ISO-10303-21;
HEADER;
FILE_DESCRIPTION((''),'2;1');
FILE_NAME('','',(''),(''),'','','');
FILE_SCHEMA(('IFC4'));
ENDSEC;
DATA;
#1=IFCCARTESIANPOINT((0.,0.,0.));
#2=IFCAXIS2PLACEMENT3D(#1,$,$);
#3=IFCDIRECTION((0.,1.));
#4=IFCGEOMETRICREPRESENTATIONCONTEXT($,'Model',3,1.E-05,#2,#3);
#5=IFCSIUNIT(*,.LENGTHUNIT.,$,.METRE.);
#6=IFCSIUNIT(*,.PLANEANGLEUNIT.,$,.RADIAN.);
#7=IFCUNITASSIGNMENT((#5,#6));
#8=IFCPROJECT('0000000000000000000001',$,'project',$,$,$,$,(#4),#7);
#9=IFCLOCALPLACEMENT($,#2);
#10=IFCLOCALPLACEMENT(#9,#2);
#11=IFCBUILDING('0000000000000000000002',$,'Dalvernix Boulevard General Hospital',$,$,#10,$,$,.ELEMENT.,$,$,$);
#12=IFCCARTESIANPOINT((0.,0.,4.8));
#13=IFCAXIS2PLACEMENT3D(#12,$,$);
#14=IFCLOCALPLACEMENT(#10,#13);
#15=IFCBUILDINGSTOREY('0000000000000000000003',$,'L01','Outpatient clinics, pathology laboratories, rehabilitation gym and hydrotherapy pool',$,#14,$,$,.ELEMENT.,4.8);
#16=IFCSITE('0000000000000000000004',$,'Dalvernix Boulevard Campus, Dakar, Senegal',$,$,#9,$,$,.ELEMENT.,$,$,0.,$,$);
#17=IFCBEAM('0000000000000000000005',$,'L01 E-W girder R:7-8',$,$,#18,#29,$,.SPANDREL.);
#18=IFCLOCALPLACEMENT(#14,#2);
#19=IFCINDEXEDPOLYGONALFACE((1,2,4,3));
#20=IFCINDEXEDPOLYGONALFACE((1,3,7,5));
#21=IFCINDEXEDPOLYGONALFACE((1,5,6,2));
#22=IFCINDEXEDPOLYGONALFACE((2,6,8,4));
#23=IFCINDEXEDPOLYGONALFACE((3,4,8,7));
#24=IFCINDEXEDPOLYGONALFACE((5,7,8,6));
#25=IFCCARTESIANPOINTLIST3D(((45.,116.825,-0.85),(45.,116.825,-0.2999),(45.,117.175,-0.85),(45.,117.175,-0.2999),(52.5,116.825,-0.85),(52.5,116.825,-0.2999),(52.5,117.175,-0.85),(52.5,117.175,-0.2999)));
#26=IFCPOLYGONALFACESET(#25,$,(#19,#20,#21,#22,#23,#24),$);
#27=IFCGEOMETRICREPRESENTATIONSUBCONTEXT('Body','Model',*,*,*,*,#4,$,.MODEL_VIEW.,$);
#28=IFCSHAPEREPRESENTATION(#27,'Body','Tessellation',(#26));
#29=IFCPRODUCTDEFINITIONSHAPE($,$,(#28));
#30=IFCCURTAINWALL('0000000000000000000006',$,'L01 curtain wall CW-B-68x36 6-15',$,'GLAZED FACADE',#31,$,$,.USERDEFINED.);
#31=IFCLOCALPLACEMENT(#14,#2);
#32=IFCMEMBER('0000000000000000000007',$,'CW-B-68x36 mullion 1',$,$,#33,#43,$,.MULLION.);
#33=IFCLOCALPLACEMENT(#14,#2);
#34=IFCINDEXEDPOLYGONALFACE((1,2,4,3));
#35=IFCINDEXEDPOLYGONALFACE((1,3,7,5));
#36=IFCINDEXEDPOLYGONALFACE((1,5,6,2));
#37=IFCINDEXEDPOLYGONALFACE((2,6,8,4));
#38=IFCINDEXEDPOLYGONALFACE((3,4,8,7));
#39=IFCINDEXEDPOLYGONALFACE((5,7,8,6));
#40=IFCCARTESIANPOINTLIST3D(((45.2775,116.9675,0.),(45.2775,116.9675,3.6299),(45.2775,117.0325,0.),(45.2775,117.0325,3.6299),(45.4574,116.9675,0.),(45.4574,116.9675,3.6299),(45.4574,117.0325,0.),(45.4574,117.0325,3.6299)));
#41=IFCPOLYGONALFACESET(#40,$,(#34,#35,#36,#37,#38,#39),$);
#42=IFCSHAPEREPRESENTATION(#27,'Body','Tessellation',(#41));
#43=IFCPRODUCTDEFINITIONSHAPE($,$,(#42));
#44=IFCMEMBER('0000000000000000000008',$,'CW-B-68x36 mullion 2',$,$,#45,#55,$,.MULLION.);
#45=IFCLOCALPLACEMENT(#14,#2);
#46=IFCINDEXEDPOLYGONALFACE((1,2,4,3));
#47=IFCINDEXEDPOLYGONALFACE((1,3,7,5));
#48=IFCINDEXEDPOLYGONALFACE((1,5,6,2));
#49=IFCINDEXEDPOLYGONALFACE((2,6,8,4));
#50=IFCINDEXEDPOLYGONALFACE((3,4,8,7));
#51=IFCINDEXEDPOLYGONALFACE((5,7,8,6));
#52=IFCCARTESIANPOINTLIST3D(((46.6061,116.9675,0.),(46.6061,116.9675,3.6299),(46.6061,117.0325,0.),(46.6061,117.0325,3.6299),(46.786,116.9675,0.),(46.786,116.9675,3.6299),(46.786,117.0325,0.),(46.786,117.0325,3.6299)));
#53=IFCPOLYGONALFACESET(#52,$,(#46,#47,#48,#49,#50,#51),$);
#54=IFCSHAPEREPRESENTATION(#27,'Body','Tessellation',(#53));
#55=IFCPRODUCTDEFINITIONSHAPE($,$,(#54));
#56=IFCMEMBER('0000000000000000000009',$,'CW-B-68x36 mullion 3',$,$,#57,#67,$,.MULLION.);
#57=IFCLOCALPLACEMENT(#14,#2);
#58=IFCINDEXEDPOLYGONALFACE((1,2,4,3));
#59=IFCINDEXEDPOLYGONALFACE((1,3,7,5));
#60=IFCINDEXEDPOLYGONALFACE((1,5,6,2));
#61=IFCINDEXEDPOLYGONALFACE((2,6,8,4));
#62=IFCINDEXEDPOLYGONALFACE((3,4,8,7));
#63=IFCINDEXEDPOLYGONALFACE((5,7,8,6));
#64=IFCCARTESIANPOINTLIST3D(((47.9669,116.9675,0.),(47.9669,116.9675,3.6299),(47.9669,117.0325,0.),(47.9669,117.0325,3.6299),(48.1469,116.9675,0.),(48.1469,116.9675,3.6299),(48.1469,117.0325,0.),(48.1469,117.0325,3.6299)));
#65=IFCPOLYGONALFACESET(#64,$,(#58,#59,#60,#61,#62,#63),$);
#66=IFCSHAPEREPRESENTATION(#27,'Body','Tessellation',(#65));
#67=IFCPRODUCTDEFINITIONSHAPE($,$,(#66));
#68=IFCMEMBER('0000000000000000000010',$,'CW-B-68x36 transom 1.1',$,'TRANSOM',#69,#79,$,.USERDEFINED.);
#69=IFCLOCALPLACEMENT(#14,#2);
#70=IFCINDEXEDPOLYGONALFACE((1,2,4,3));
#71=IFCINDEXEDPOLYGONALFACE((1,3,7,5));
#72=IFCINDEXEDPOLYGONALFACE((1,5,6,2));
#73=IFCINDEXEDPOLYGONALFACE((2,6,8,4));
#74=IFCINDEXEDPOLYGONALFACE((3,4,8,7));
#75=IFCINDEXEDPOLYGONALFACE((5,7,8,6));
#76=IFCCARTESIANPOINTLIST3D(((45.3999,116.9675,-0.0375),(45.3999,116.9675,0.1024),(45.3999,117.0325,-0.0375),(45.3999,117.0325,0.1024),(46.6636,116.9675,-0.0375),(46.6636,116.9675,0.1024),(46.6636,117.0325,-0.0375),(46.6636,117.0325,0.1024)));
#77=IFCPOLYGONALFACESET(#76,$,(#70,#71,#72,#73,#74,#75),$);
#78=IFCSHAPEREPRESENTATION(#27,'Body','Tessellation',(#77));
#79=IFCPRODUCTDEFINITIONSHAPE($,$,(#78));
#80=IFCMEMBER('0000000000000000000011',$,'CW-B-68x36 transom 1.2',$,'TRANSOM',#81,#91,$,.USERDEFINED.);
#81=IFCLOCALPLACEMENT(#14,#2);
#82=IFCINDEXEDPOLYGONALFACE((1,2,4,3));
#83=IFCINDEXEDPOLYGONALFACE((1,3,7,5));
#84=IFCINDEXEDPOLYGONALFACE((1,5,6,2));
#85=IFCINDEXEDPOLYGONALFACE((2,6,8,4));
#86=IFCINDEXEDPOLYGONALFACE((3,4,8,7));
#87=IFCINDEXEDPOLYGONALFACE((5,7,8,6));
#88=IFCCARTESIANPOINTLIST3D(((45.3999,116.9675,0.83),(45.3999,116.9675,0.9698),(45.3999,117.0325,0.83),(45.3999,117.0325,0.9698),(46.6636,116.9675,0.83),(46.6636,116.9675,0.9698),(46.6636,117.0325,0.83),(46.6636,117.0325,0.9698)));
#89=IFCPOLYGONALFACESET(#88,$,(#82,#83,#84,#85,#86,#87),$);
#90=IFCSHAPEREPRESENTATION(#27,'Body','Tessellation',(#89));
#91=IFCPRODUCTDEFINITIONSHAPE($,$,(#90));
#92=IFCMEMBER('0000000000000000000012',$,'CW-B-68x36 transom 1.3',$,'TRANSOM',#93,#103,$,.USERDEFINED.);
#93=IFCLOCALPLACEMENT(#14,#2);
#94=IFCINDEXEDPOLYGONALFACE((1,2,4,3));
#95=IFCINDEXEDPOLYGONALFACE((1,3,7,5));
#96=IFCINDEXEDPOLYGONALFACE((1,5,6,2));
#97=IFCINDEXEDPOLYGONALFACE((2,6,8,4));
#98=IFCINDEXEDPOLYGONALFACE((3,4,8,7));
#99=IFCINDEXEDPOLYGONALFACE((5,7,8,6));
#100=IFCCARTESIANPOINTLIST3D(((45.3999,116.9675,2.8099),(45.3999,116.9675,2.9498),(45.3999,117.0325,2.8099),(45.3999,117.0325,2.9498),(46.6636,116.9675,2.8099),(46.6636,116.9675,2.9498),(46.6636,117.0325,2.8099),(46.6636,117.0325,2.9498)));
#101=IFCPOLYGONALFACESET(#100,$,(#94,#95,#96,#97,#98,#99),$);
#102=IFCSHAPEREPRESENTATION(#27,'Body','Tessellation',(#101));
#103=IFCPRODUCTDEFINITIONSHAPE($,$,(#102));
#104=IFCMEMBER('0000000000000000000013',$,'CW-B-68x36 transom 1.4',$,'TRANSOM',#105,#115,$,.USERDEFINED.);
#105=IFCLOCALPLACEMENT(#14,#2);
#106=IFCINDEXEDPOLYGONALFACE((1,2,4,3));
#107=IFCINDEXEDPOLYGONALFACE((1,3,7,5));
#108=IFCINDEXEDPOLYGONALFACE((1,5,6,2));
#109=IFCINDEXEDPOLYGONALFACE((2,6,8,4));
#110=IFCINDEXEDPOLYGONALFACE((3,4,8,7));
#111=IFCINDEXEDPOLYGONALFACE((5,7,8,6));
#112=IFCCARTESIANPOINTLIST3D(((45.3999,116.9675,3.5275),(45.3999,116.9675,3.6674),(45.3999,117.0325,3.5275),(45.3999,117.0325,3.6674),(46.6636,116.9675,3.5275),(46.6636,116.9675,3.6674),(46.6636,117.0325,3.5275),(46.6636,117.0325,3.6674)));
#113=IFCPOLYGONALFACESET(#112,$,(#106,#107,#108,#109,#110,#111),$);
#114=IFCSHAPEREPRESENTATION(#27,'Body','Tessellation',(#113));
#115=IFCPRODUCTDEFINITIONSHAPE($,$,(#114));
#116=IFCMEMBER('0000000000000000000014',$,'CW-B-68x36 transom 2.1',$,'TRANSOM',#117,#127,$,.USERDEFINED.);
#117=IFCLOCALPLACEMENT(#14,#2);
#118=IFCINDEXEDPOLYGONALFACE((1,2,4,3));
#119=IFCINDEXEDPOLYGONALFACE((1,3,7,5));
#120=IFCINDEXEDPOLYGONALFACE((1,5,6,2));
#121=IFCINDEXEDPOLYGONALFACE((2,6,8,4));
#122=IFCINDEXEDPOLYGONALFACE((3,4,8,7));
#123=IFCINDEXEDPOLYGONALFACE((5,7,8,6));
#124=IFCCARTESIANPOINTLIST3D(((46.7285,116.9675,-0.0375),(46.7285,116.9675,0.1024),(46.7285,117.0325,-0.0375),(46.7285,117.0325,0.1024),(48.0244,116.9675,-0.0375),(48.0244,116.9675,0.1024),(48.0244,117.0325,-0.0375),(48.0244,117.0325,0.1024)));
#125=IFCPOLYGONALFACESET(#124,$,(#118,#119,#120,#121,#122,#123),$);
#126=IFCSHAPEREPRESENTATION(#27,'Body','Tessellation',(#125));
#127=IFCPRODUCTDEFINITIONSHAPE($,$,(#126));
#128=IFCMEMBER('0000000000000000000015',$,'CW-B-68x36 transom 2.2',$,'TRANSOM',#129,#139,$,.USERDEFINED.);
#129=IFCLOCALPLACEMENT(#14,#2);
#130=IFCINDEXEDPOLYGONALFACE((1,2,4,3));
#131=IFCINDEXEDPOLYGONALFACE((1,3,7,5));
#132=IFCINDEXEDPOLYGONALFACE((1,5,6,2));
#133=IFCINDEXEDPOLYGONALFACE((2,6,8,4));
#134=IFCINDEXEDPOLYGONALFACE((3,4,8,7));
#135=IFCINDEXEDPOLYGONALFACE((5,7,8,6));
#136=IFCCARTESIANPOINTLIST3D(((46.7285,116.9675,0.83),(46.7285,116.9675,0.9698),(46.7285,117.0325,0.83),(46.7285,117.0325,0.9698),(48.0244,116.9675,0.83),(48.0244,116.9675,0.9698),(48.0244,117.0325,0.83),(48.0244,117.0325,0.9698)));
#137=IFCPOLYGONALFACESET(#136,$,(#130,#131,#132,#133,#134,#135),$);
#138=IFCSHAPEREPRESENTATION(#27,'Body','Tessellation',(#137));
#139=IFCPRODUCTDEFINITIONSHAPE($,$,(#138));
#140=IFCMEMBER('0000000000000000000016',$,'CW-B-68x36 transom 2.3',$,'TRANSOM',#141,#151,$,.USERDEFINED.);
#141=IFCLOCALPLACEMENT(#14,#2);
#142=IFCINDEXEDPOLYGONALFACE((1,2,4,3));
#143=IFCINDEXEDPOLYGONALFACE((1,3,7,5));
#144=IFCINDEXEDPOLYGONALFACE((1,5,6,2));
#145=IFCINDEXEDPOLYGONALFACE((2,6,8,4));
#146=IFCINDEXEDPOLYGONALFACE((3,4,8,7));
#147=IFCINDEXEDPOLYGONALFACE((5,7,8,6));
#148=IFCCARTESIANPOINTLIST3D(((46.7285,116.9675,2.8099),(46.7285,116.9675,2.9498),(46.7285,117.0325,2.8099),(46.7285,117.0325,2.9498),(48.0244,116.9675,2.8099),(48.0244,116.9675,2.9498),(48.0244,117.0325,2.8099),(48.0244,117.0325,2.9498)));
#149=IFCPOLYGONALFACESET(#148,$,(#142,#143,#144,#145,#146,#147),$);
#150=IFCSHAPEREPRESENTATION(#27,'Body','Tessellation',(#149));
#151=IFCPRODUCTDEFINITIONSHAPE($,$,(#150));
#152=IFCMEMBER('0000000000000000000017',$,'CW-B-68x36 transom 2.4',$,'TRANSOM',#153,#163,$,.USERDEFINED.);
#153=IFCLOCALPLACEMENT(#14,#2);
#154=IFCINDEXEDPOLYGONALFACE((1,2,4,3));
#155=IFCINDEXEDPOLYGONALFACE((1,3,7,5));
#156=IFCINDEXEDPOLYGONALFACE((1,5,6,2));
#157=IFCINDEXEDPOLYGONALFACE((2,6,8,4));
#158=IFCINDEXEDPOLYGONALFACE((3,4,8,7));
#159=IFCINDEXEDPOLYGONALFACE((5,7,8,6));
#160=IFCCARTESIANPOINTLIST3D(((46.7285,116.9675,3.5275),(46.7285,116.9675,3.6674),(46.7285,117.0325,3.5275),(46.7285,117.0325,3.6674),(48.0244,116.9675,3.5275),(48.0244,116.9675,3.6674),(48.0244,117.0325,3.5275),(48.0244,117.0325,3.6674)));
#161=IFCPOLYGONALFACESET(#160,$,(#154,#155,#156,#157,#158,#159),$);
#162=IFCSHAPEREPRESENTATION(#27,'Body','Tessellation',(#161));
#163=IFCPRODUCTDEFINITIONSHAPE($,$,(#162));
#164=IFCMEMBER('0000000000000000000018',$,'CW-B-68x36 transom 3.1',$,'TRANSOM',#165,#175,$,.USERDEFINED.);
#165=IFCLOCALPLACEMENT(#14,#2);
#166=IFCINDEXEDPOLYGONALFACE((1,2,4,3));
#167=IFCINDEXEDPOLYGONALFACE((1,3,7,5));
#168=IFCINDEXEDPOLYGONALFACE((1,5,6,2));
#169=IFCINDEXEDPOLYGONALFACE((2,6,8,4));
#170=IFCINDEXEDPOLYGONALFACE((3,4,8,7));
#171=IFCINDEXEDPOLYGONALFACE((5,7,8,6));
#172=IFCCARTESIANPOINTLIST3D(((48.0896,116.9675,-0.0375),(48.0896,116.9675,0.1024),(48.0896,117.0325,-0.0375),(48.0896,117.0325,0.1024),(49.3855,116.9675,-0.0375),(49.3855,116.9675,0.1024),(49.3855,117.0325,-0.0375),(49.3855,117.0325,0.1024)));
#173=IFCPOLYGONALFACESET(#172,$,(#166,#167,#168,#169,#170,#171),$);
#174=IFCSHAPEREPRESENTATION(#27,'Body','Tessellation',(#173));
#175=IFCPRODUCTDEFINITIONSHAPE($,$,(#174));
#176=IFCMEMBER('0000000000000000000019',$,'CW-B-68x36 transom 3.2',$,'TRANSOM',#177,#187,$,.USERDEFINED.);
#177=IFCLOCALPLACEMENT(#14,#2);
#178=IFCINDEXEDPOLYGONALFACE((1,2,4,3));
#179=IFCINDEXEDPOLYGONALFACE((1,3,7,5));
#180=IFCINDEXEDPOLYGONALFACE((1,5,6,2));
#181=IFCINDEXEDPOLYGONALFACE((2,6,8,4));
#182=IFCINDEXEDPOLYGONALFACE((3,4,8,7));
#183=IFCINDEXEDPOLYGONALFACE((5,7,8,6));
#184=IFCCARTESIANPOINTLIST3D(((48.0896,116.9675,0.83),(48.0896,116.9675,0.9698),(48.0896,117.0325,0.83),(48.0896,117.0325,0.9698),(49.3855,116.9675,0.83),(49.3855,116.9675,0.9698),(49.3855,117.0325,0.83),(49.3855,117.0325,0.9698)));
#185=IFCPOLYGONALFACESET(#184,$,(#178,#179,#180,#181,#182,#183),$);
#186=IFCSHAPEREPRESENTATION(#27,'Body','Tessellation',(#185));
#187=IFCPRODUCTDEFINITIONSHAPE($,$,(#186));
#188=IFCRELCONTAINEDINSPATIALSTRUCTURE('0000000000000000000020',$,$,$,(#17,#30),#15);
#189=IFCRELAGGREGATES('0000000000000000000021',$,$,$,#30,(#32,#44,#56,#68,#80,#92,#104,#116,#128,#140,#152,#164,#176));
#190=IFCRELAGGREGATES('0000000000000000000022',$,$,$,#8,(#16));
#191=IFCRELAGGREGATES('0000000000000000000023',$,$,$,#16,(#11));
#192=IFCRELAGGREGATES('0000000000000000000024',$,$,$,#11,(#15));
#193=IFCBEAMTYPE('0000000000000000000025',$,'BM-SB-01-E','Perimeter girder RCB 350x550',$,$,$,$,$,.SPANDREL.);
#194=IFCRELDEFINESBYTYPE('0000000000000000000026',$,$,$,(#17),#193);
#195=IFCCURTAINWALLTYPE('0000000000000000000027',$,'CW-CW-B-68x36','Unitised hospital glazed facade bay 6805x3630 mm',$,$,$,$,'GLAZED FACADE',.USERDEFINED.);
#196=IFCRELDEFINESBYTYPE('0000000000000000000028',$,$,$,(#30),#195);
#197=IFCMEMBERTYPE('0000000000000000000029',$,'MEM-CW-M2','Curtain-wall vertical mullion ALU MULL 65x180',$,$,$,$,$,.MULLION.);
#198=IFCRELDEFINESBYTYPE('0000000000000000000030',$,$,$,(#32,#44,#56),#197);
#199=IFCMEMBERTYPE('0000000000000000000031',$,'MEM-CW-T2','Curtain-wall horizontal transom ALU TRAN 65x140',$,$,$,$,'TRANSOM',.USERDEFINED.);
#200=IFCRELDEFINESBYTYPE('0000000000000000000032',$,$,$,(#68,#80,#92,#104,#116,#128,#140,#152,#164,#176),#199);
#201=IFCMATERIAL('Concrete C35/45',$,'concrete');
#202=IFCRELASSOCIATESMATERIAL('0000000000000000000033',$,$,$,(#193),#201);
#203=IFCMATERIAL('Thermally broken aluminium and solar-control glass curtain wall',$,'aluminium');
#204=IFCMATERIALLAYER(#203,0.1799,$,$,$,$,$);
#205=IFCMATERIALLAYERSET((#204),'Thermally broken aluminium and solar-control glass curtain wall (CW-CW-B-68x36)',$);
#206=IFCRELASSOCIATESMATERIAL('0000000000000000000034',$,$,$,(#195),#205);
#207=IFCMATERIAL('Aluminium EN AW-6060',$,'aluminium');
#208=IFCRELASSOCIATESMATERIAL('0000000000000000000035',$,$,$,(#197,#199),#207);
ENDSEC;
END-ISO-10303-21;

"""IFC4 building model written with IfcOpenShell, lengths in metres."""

from ifc_helpers import new_model, si_unit, direction, frame, origin, origin_2d, place, context, subcontext, project, spatial, rectangle, extrude, material, layer, layer_set, material_profile, profile_set, type_object, element, aggregate, save


model = new_model("IFC4")

# Units and contexts
model_context = context("Model", 3, precision=1e-05, world=origin(), true_north=direction((0.0, 1.0)))
body_context = subcontext(model_context, "Body", "Model", "MODEL_VIEW")
ifc_project = project(units=[si_unit("LENGTHUNIT", "METRE"), si_unit("PLANEANGLEUNIT", "RADIAN")], contexts=[model_context])

# Site, building, storey
site_placement = place(None, origin())
site = spatial("IfcSite", under=ifc_project, at=site_placement, Name="Dalvernix Boulevard Campus, Dakar, Senegal", CompositionType="ELEMENT", RefElevation=0.0)
building_placement = place(site_placement, origin())
building = spatial("IfcBuilding", under=site, at=building_placement, Name="Dalvernix Boulevard General Hospital", CompositionType="ELEMENT")
storey_placement = place(building_placement, frame((0.0, 0.0, 4.8)))
storey = spatial("IfcBuildingStorey", under=building, at=storey_placement, Name="L01", Description="Outpatient clinics, pathology laboratories, rehabilitation gym and hydrotherapy pool", CompositionType="ELEMENT", Elevation=4.8)

# Beam
ifc_material_1 = material(Name="Concrete C35/45", Category="concrete")
ifc_material_profile_1 = material_profile(ifc_material_1, rectangle(XDim=0.3501, YDim=0.55, at=origin_2d()), Name="RCB 350x550")
ifc_profile_set_1 = profile_set([ifc_material_profile_1], Name="Concrete C35/45")
beam_type = type_object("IfcBeamType", Name="BM-SB-01-E", Description="Perimeter girder RCB 350x550", PredefinedType="SPANDREL", material=ifc_profile_set_1)
beam_placement = place(storey_placement, frame((45.0, 117.0, -0.575), z_axis=(1.0, 0.0, 0.0), x_axis=(0.0, 1.0, 0.0)))
element("IfcBeam", 1, at=beam_placement, inside=storey, type_object=beam_type, Name="L01 E-W girder R:7-8", PredefinedType="SPANDREL", context=body_context, shape_type="SweptSolid", body=[
    extrude(rectangle(XDim=0.3501, YDim=0.55, at=origin_2d()), origin(), (0.0, 0.0, 1.0), 7.5),
])

# Curtain wall, members
ifc_material_2 = material(Name="Thermally broken aluminium and solar-control glass curtain wall", Category="aluminium")
ifc_layer_1 = layer(ifc_material_2, 0.1799)
ifc_layer_set_1 = layer_set([ifc_layer_1], Name="Thermally broken aluminium and solar-control glass curtain wall (CW-CW-B-68x36)")
curtain_wall_type = type_object("IfcCurtainWallType", Name="CW-CW-B-68x36", Description="Unitised hospital glazed facade bay 6805x3630 mm", ElementType="GLAZED FACADE", PredefinedType="USERDEFINED", material=ifc_layer_set_1)
curtain_wall_placement = place(storey_placement, origin())
curtain_wall = element("IfcCurtainWall", 2, at=curtain_wall_placement, inside=storey, type_object=curtain_wall_type, Name="L01 curtain wall CW-B-68x36 6-15", ObjectType="GLAZED FACADE", PredefinedType="USERDEFINED")
ifc_material_3 = material(Name="Aluminium EN AW-6060", Category="aluminium")
ifc_material_profile_2 = material_profile(ifc_material_3, rectangle(XDim=0.0649, YDim=0.1799, at=origin_2d()), Name="ALU MULL 65x180")
ifc_profile_set_2 = profile_set([ifc_material_profile_2], Name="Aluminium EN AW-6060")
member_type_1 = type_object("IfcMemberType", Name="MEM-CW-M2", Description="Curtain-wall vertical mullion ALU MULL 65x180", PredefinedType="MULLION", material=ifc_profile_set_2)
member_1_placement = place(storey_placement, frame((45.3674, 117.0, 0.0), z_axis=(0.0, 0.0, 1.0), x_axis=(0.0, 1.0, 0.0)))
member_1 = element("IfcMember", 3, at=member_1_placement, type_object=member_type_1, Name="CW-B-68x36 mullion 1", PredefinedType="MULLION", context=body_context, shape_type="SweptSolid", body=[
    extrude(rectangle(XDim=0.0649, YDim=0.1799, at=origin_2d()), origin(), (0.0, 0.0, 1.0), 3.6299),
])
member_2_placement = place(storey_placement, frame((46.696, 117.0, 0.0), z_axis=(0.0, 0.0, 1.0), x_axis=(0.0, 1.0, 0.0)))
member_2 = element("IfcMember", 4, at=member_2_placement, type_object=member_type_1, Name="CW-B-68x36 mullion 2", PredefinedType="MULLION", context=body_context, shape_type="SweptSolid", body=[
    extrude(rectangle(XDim=0.0649, YDim=0.1799, at=origin_2d()), origin(), (0.0, 0.0, 1.0), 3.6299),
])
member_3_placement = place(storey_placement, frame((48.0569, 117.0, 0.0), z_axis=(0.0, 0.0, 1.0), x_axis=(0.0, 1.0, 0.0)))
member_3 = element("IfcMember", 5, at=member_3_placement, type_object=member_type_1, Name="CW-B-68x36 mullion 3", PredefinedType="MULLION", context=body_context, shape_type="SweptSolid", body=[
    extrude(rectangle(XDim=0.0649, YDim=0.1799, at=origin_2d()), origin(), (0.0, 0.0, 1.0), 3.6299),
])
ifc_material_profile_3 = material_profile(ifc_material_3, rectangle(XDim=0.0649, YDim=0.1399, at=origin_2d()), Name="ALU TRAN 65x140")
ifc_profile_set_3 = profile_set([ifc_material_profile_3], Name="Aluminium EN AW-6060")
member_type_2 = type_object("IfcMemberType", Name="MEM-CW-T2", Description="Curtain-wall horizontal transom ALU TRAN 65x140", ElementType="TRANSOM", PredefinedType="USERDEFINED", material=ifc_profile_set_3)
member_4_placement = place(storey_placement, frame((45.3999, 117.0, 0.0325), z_axis=(1.0, 0.0, 0.0), x_axis=(0.0, 1.0, 0.0)))
member_4 = element("IfcMember", 6, at=member_4_placement, type_object=member_type_2, Name="CW-B-68x36 transom 1.1", ObjectType="TRANSOM", PredefinedType="USERDEFINED", context=body_context, shape_type="SweptSolid", body=[
    extrude(rectangle(XDim=0.0649, YDim=0.1399, at=origin_2d()), origin(), (0.0, 0.0, 1.0), 1.2637),
])
member_5_placement = place(storey_placement, frame((45.3999, 117.0, 0.8999), z_axis=(1.0, 0.0, 0.0), x_axis=(0.0, 1.0, 0.0)))
member_5 = element("IfcMember", 7, at=member_5_placement, type_object=member_type_2, Name="CW-B-68x36 transom 1.2", ObjectType="TRANSOM", PredefinedType="USERDEFINED", context=body_context, shape_type="SweptSolid", body=[
    extrude(rectangle(XDim=0.0649, YDim=0.1399, at=origin_2d()), origin(), (0.0, 0.0, 1.0), 1.2637),
])
member_6_placement = place(storey_placement, frame((45.3999, 117.0, 2.8799), z_axis=(1.0, 0.0, 0.0), x_axis=(0.0, 1.0, 0.0)))
member_6 = element("IfcMember", 8, at=member_6_placement, type_object=member_type_2, Name="CW-B-68x36 transom 1.3", ObjectType="TRANSOM", PredefinedType="USERDEFINED", context=body_context, shape_type="SweptSolid", body=[
    extrude(rectangle(XDim=0.0649, YDim=0.1399, at=origin_2d()), origin(), (0.0, 0.0, 1.0), 1.2637),
])
member_7_placement = place(storey_placement, frame((45.3999, 117.0, 3.5974), z_axis=(1.0, 0.0, 0.0), x_axis=(0.0, 1.0, 0.0)))
member_7 = element("IfcMember", 9, at=member_7_placement, type_object=member_type_2, Name="CW-B-68x36 transom 1.4", ObjectType="TRANSOM", PredefinedType="USERDEFINED", context=body_context, shape_type="SweptSolid", body=[
    extrude(rectangle(XDim=0.0649, YDim=0.1399, at=origin_2d()), origin(), (0.0, 0.0, 1.0), 1.2637),
])
member_8_placement = place(storey_placement, frame((46.7285, 117.0, 0.0325), z_axis=(1.0, 0.0, 0.0), x_axis=(0.0, 1.0, 0.0)))
member_8 = element("IfcMember", 10, at=member_8_placement, type_object=member_type_2, Name="CW-B-68x36 transom 2.1", ObjectType="TRANSOM", PredefinedType="USERDEFINED", context=body_context, shape_type="SweptSolid", body=[
    extrude(rectangle(XDim=0.0649, YDim=0.1399, at=origin_2d()), origin(), (0.0, 0.0, 1.0), 1.2959),
])
member_9_placement = place(storey_placement, frame((46.7285, 117.0, 0.8999), z_axis=(1.0, 0.0, 0.0), x_axis=(0.0, 1.0, 0.0)))
member_9 = element("IfcMember", 11, at=member_9_placement, type_object=member_type_2, Name="CW-B-68x36 transom 2.2", ObjectType="TRANSOM", PredefinedType="USERDEFINED", context=body_context, shape_type="SweptSolid", body=[
    extrude(rectangle(XDim=0.0649, YDim=0.1399, at=origin_2d()), origin(), (0.0, 0.0, 1.0), 1.2959),
])
member_10_placement = place(storey_placement, frame((46.7285, 117.0, 2.8799), z_axis=(1.0, 0.0, 0.0), x_axis=(0.0, 1.0, 0.0)))
member_10 = element("IfcMember", 12, at=member_10_placement, type_object=member_type_2, Name="CW-B-68x36 transom 2.3", ObjectType="TRANSOM", PredefinedType="USERDEFINED", context=body_context, shape_type="SweptSolid", body=[
    extrude(rectangle(XDim=0.0649, YDim=0.1399, at=origin_2d()), origin(), (0.0, 0.0, 1.0), 1.2959),
])
member_11_placement = place(storey_placement, frame((46.7285, 117.0, 3.5974), z_axis=(1.0, 0.0, 0.0), x_axis=(0.0, 1.0, 0.0)))
member_11 = element("IfcMember", 13, at=member_11_placement, type_object=member_type_2, Name="CW-B-68x36 transom 2.4", ObjectType="TRANSOM", PredefinedType="USERDEFINED", context=body_context, shape_type="SweptSolid", body=[
    extrude(rectangle(XDim=0.0649, YDim=0.1399, at=origin_2d()), origin(), (0.0, 0.0, 1.0), 1.2959),
])
member_12_placement = place(storey_placement, frame((48.0896, 117.0, 0.0325), z_axis=(1.0, 0.0, 0.0), x_axis=(0.0, 1.0, 0.0)))
member_12 = element("IfcMember", 14, at=member_12_placement, type_object=member_type_2, Name="CW-B-68x36 transom 3.1", ObjectType="TRANSOM", PredefinedType="USERDEFINED", context=body_context, shape_type="SweptSolid", body=[
    extrude(rectangle(XDim=0.0649, YDim=0.1399, at=origin_2d()), origin(), (0.0, 0.0, 1.0), 1.2959),
])
member_13_placement = place(storey_placement, frame((48.0896, 117.0, 0.8999), z_axis=(1.0, 0.0, 0.0), x_axis=(0.0, 1.0, 0.0)))
member_13 = element("IfcMember", 15, at=member_13_placement, type_object=member_type_2, Name="CW-B-68x36 transom 3.2", ObjectType="TRANSOM", PredefinedType="USERDEFINED", context=body_context, shape_type="SweptSolid", body=[
    extrude(rectangle(XDim=0.0649, YDim=0.1399, at=origin_2d()), origin(), (0.0, 0.0, 1.0), 1.2959),
])
aggregate(curtain_wall, [member_1, member_2, member_3, member_4, member_5, member_6, member_7, member_8, member_9, member_10, member_11, member_12, member_13])

save(model, "model.ifc")
